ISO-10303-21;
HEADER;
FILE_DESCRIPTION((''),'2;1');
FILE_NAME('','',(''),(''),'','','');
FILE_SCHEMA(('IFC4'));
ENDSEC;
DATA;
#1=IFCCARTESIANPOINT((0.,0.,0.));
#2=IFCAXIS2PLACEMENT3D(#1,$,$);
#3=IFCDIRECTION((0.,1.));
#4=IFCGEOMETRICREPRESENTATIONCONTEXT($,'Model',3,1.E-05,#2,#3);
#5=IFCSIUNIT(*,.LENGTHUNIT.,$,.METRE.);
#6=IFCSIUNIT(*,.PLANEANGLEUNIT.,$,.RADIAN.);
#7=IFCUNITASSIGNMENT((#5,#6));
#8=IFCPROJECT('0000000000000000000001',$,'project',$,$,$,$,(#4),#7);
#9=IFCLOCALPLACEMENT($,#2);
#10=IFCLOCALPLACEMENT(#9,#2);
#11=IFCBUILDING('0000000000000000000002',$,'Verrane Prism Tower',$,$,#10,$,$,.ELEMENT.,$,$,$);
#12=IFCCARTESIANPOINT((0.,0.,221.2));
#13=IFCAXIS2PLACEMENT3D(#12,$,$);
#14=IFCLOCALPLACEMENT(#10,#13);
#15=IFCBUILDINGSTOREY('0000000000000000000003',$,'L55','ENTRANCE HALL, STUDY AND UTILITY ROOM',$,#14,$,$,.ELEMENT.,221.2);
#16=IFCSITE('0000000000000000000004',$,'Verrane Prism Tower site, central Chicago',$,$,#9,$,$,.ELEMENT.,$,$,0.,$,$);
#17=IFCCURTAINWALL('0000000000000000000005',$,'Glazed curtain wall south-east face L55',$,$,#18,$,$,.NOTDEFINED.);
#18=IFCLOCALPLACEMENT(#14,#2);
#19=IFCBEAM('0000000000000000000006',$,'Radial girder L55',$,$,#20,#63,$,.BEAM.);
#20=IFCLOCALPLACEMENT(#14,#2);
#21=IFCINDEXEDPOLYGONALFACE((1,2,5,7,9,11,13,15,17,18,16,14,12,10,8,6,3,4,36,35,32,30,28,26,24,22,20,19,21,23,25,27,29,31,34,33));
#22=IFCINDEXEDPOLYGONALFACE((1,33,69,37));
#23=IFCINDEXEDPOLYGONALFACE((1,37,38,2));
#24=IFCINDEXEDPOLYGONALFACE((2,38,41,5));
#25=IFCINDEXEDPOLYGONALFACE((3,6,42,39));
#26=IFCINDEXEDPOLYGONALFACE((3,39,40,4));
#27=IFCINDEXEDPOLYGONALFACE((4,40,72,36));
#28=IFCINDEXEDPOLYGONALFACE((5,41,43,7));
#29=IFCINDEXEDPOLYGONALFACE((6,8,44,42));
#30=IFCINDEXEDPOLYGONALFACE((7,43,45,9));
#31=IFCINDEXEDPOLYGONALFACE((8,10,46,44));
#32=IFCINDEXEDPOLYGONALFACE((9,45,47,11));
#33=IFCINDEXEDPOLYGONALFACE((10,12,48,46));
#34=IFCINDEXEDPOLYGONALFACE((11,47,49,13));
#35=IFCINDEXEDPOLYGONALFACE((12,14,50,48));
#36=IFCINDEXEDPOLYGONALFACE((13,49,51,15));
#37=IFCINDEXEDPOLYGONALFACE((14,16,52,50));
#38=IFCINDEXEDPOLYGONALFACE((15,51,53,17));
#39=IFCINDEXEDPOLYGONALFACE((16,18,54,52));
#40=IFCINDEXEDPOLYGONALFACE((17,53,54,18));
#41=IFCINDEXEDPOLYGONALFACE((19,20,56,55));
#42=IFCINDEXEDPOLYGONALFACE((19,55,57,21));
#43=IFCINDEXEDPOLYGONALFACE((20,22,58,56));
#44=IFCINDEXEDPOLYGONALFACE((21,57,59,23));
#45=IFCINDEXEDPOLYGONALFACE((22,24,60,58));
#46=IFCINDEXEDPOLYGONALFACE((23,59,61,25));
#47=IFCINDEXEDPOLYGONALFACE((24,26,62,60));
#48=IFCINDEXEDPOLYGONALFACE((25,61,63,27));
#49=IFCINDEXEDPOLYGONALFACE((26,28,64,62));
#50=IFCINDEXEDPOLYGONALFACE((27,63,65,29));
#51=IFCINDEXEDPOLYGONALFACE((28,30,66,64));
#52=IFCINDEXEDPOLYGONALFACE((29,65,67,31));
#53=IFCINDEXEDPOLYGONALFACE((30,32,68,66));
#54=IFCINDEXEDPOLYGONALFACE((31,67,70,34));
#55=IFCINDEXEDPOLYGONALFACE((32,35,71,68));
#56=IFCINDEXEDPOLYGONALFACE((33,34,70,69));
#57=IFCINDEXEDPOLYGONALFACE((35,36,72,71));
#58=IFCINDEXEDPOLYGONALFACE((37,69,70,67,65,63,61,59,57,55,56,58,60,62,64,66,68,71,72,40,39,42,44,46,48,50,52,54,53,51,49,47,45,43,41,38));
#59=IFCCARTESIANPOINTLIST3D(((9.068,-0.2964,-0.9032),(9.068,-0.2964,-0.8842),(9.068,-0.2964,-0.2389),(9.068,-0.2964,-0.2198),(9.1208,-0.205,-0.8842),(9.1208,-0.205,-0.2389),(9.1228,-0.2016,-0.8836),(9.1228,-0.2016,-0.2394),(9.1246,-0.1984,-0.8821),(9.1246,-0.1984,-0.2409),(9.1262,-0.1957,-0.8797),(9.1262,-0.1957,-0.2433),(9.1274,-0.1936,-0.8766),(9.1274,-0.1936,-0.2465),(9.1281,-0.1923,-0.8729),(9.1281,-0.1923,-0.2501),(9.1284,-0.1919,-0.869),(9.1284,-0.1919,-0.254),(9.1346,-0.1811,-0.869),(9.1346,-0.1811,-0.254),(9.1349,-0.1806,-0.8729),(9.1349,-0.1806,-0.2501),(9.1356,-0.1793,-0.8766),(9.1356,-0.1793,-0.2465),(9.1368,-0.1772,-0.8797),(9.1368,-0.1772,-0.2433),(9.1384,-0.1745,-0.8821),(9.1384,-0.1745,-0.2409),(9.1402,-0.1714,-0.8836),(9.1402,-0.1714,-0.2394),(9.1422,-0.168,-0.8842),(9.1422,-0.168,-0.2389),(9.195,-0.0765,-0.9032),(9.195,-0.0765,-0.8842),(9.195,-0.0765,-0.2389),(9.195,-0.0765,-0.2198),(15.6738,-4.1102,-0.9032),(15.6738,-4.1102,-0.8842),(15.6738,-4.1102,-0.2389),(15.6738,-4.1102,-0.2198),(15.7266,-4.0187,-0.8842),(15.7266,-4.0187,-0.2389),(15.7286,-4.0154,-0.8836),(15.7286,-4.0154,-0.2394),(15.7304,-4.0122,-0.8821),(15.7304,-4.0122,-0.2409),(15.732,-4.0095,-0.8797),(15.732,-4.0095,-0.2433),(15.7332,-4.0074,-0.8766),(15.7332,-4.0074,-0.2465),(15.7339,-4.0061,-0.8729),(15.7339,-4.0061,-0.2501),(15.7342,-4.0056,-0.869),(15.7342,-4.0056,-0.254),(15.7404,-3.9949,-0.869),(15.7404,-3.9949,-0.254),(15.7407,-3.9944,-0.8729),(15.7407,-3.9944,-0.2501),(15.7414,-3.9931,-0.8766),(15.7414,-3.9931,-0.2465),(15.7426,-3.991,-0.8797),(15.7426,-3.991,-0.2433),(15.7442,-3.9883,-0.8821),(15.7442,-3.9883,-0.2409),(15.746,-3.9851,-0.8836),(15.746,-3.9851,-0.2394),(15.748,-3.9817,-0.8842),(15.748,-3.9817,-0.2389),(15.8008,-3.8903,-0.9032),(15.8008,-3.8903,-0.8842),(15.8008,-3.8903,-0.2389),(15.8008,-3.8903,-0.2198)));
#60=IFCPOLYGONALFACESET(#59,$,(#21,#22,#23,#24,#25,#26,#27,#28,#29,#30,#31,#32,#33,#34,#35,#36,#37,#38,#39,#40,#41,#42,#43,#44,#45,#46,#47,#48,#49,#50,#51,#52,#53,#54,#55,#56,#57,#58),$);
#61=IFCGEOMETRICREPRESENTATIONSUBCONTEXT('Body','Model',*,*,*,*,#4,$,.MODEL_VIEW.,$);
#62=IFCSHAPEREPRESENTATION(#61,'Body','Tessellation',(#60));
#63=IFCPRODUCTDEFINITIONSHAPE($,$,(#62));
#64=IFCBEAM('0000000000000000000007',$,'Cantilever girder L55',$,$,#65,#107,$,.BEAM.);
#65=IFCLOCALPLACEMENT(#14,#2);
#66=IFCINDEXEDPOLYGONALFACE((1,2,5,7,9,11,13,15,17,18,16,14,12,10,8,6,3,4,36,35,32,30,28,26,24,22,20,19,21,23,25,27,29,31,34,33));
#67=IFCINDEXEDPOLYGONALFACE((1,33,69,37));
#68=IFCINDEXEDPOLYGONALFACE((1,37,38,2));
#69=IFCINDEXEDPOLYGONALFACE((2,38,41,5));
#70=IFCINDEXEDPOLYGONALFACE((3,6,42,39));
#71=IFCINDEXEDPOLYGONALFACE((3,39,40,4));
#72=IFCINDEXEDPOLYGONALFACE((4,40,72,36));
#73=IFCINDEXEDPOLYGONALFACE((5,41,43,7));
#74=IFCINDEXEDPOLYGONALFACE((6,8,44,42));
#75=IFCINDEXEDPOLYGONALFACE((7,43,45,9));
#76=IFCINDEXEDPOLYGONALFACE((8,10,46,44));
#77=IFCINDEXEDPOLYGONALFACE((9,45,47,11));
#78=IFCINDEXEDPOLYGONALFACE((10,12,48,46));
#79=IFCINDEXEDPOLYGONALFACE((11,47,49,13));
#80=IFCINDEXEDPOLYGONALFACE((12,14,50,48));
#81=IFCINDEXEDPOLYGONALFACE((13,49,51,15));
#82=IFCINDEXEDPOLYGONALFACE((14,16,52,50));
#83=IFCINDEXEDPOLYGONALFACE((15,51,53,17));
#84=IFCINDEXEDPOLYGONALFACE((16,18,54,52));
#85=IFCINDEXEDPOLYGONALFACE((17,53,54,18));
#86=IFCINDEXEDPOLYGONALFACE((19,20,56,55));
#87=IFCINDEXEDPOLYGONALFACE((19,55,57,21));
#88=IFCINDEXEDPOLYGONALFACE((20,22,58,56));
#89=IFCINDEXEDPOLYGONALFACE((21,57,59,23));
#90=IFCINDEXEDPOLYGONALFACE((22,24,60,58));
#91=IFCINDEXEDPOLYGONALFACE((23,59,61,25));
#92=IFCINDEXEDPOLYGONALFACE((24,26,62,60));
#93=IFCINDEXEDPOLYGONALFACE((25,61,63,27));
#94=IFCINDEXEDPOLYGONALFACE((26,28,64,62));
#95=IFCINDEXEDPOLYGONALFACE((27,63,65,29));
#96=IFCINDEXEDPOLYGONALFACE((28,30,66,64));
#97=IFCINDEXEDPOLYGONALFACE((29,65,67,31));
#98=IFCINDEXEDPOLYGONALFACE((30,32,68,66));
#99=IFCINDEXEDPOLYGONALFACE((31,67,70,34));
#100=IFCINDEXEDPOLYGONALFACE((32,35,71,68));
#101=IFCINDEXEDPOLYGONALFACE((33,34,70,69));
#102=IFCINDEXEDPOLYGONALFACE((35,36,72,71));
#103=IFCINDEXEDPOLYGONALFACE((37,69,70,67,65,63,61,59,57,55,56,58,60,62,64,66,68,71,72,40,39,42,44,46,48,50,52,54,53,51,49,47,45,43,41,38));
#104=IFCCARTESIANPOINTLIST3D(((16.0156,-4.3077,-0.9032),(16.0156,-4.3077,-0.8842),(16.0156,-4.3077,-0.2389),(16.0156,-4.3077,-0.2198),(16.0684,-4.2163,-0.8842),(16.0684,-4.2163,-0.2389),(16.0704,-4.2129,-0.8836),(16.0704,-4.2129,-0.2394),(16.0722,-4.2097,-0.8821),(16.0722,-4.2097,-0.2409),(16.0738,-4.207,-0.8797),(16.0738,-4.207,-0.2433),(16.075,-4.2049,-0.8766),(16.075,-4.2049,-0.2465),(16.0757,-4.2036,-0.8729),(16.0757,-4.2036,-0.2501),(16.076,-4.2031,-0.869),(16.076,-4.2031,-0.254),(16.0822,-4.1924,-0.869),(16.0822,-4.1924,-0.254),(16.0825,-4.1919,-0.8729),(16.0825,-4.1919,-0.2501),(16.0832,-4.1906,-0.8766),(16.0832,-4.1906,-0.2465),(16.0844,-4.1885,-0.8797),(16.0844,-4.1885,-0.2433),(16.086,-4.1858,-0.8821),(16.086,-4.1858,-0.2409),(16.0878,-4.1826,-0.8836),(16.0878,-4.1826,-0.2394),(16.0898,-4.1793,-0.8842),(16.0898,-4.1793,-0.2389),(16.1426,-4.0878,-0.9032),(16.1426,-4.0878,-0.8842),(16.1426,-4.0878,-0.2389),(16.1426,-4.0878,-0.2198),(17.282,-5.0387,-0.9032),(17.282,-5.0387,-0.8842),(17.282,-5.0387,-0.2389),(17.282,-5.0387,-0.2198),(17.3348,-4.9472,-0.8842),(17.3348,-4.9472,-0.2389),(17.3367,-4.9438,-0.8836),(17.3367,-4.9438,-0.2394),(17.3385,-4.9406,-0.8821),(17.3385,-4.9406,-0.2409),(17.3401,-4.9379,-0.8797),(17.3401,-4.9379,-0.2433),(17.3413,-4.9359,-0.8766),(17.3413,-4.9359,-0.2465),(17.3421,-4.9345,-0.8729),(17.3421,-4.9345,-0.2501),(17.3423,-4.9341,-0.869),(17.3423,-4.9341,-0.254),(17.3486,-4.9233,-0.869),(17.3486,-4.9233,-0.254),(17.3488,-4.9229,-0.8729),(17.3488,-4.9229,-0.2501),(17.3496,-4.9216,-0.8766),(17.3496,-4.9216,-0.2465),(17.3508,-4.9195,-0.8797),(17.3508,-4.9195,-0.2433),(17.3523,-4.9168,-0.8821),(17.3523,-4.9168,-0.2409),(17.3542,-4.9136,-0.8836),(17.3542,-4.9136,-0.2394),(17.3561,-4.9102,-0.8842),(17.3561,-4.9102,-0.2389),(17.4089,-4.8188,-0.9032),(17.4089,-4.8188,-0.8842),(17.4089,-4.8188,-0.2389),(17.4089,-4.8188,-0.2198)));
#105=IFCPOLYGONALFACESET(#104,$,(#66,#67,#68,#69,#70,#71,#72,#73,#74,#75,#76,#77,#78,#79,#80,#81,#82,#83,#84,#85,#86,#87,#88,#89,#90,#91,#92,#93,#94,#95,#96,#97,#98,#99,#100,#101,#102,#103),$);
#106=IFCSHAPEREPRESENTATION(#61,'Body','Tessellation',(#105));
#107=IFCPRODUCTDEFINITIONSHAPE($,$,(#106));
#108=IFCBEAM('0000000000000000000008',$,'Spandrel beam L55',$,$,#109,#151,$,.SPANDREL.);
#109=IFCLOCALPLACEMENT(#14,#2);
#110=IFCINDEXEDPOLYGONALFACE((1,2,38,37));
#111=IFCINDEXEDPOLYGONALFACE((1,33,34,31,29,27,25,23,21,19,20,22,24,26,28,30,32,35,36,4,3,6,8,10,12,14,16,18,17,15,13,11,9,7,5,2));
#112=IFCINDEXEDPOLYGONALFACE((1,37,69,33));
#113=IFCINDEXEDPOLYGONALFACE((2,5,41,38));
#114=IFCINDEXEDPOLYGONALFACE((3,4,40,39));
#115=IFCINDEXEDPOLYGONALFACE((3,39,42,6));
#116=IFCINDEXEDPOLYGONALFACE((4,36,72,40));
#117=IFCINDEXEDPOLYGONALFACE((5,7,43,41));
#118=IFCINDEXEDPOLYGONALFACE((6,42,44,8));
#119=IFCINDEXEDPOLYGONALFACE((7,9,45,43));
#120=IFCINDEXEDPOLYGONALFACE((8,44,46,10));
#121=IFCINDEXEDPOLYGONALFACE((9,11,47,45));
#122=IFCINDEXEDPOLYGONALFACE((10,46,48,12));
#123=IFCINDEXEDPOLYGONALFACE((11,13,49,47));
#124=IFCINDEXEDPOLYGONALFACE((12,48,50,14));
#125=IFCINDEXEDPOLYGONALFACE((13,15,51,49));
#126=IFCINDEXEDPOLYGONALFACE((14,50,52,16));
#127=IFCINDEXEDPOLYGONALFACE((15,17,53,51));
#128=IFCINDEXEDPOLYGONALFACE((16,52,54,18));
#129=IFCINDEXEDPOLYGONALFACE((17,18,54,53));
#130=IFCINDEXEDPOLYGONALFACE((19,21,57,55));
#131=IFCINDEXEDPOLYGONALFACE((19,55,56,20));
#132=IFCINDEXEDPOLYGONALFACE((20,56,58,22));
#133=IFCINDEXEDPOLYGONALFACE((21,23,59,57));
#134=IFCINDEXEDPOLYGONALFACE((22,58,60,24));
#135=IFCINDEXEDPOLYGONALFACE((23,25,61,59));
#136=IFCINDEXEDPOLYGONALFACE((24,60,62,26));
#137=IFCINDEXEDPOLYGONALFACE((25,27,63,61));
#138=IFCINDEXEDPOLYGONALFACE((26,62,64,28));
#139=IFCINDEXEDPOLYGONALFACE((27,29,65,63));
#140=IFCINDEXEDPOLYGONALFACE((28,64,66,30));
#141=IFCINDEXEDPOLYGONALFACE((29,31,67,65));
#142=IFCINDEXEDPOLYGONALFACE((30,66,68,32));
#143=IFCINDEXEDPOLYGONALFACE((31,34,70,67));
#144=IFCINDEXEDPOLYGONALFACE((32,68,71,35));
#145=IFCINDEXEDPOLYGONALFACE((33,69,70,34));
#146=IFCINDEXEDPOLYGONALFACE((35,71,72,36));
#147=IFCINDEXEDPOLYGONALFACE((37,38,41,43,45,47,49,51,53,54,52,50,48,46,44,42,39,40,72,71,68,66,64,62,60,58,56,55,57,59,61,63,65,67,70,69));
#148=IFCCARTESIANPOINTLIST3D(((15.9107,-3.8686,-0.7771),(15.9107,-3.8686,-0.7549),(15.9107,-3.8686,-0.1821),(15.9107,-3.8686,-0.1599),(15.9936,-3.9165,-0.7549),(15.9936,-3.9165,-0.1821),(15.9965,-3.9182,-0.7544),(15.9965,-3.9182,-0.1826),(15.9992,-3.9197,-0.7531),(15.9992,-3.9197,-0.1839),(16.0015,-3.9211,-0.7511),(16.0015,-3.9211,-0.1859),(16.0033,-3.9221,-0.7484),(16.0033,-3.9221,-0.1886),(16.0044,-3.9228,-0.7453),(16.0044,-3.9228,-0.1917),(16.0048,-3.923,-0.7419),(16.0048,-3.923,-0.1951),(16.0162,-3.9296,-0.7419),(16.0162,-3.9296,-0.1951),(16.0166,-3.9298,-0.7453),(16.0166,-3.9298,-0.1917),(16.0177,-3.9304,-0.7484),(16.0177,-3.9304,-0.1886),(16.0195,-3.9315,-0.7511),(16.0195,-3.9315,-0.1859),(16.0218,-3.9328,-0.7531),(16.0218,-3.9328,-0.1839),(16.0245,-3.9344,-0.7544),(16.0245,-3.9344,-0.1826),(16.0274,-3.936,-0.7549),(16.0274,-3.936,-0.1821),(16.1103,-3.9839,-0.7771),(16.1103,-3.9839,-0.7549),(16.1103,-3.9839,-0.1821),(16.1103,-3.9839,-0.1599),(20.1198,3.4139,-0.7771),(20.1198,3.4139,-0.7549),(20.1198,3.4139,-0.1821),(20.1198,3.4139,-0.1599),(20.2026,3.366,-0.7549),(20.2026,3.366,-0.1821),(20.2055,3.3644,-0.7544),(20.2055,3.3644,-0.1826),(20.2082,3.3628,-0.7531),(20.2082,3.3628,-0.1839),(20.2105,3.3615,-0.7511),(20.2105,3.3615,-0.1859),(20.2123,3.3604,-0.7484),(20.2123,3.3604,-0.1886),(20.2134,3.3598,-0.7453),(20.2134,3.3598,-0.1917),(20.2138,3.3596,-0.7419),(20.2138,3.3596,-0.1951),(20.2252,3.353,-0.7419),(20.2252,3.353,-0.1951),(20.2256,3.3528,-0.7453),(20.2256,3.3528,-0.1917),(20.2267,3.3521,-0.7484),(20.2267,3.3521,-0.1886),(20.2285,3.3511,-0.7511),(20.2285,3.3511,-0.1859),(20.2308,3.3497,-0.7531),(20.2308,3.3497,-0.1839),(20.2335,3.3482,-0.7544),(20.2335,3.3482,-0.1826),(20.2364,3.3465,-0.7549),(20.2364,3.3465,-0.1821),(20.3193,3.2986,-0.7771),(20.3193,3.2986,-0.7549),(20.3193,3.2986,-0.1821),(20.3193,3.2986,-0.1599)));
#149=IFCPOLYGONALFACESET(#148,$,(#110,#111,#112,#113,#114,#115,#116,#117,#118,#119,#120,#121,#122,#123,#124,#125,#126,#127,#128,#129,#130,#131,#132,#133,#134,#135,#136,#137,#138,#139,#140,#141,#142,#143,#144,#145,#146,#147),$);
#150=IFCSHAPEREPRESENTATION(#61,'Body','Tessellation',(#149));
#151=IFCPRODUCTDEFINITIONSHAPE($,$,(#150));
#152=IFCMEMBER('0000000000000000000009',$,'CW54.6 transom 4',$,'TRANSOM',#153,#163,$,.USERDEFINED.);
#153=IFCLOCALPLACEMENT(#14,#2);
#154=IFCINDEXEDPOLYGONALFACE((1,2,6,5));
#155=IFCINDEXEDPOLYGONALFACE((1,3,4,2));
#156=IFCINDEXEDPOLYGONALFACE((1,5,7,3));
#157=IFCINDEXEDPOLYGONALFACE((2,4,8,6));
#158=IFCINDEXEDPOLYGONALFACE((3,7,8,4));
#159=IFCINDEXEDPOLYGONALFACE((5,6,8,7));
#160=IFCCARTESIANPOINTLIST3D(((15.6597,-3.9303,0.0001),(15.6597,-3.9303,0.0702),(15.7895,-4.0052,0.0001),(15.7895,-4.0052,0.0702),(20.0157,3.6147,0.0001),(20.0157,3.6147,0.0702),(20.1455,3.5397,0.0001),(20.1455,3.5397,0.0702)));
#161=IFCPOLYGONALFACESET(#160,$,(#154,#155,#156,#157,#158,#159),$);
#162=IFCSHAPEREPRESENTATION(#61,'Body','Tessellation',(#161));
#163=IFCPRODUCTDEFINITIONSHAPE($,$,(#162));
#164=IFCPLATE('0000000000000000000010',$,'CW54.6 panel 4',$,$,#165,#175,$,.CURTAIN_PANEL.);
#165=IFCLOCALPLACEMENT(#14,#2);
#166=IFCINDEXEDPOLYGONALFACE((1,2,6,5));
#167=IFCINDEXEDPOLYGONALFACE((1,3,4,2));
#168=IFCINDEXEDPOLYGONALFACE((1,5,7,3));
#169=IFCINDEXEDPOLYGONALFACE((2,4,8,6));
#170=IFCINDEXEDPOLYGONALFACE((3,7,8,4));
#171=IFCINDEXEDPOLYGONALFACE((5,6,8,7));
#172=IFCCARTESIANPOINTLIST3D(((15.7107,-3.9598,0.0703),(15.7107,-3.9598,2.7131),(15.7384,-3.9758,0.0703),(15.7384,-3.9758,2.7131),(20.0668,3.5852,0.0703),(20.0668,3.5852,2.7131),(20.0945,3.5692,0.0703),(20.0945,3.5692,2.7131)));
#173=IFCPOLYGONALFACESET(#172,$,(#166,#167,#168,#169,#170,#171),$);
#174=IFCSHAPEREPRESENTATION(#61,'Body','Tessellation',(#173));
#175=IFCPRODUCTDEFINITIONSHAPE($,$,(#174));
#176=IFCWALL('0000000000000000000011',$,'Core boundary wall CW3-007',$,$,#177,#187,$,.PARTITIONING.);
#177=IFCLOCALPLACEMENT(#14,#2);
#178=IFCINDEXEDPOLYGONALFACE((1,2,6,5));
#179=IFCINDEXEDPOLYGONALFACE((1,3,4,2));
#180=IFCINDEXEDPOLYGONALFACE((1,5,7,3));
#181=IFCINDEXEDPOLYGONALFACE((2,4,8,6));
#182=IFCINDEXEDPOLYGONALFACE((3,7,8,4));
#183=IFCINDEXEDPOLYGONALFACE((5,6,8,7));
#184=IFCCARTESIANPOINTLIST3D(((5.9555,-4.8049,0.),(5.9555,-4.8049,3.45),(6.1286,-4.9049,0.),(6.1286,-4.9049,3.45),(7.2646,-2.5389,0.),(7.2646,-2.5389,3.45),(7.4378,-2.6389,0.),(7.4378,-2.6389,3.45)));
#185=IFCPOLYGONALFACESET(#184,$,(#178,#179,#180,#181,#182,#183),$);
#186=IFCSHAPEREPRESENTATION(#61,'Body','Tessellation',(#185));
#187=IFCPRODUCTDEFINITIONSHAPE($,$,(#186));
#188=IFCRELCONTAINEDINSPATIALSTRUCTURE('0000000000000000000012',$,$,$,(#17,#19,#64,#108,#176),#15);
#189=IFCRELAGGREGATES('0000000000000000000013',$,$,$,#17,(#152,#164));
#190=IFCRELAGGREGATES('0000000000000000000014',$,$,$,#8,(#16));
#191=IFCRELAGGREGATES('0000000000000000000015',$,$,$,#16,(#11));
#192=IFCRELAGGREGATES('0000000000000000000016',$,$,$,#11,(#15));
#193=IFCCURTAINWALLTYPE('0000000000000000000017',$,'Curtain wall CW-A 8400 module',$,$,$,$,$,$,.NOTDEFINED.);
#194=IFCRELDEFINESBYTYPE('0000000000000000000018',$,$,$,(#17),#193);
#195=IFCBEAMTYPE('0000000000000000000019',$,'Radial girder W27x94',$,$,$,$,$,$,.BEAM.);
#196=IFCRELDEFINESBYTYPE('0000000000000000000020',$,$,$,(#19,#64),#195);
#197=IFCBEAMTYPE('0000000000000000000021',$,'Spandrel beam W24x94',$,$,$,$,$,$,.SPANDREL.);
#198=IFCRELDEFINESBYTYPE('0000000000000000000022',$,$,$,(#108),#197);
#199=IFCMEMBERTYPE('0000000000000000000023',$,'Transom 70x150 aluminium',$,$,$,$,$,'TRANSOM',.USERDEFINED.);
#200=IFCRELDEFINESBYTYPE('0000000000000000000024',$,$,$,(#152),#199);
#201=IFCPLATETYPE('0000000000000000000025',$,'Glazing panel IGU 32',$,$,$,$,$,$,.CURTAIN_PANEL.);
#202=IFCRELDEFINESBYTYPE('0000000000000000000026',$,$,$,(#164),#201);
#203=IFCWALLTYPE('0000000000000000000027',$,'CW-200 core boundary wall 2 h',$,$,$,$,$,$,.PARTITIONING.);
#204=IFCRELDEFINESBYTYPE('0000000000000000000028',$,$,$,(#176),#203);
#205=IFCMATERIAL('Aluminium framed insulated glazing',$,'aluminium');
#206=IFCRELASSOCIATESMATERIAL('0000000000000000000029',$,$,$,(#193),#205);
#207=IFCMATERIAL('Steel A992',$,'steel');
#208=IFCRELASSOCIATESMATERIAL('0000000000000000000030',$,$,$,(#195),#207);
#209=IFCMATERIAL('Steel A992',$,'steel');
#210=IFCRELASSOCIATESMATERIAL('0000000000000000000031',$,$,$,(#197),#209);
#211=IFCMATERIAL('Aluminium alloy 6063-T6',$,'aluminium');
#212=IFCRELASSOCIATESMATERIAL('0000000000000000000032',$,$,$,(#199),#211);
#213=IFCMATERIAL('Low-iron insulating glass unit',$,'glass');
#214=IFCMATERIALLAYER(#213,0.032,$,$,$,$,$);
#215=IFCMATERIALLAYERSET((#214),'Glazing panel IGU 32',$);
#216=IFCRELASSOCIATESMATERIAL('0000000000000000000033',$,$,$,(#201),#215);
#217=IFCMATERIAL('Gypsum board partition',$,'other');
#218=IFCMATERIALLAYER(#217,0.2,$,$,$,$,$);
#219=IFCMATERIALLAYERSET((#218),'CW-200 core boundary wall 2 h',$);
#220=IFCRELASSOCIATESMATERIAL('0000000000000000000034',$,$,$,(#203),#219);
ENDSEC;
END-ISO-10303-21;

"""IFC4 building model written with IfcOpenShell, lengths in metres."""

from ifc_helpers import new_model, si_unit, direction, frame, frame_2d, origin, origin_2d, place, context, subcontext, project, spatial, rectangle, i_section, extrude, material, layer, layer_set, material_profile, profile_set, type_object, element, aggregate, save


model = new_model("IFC4")

# Units and contexts
model_context = context("Model", 3, precision=1e-05, world=origin(), true_north=direction((0.0, 1.0)))
body_context = subcontext(model_context, "Body", "Model", "MODEL_VIEW")
ifc_project = project(units=[si_unit("LENGTHUNIT", "METRE"), si_unit("PLANEANGLEUNIT", "RADIAN")], contexts=[model_context])

# Site, building, storey
site_placement = place(None, origin())
site = spatial("IfcSite", under=ifc_project, at=site_placement, Name="Verrane Prism Tower site, central Chicago", CompositionType="ELEMENT", RefElevation=0.0)
building_placement = place(site_placement, origin())
building = spatial("IfcBuilding", under=site, at=building_placement, Name="Verrane Prism Tower", CompositionType="ELEMENT")
storey_placement = place(building_placement, frame((0.0, 0.0, 221.2)))
storey = spatial("IfcBuildingStorey", under=building, at=storey_placement, Name="L55", Description="ENTRANCE HALL, STUDY AND UTILITY ROOM", CompositionType="ELEMENT", Elevation=221.2)

# Curtain wall
ifc_material_1 = material(Name="Aluminium framed insulated glazing", Category="aluminium")
curtain_wall_type = type_object("IfcCurtainWallType", Name="Curtain wall CW-A 8400 module", PredefinedType="NOTDEFINED", material=ifc_material_1)
curtain_wall_placement = place(storey_placement, origin())
curtain_wall = element("IfcCurtainWall", 1, at=curtain_wall_placement, inside=storey, type_object=curtain_wall_type, Name="Glazed curtain wall south-east face L55", PredefinedType="NOTDEFINED")

# Beams
ifc_material_2 = material(Name="Steel A992", Category="steel")
ifc_material_profile_1 = material_profile(ifc_material_2, i_section(OverallWidth=0.2539, OverallDepth=0.6833, WebThickness=0.0125, FlangeThickness=0.019, FilletRadius=0.0151, at=origin_2d()), Name="W27x94")
ifc_profile_set_1 = profile_set([ifc_material_profile_1], Name="Steel A992")
beam_type_1 = type_object("IfcBeamType", Name="Radial girder W27x94", PredefinedType="BEAM", material=ifc_profile_set_1)
beam_1_placement = place(storey_placement, frame((15.7373, -4.0002, -0.5615), z_axis=(-0.86603, 0.499991, 0.0), x_axis=(-0.499991, -0.86603, 0.0)))
element("IfcBeam", 2, at=beam_1_placement, inside=storey, type_object=beam_type_1, Name="Radial girder L55", PredefinedType="BEAM", context=body_context, shape_type="SweptSolid", body=[
    extrude(i_section(OverallWidth=0.2539, OverallDepth=0.6833, WebThickness=0.0125, FlangeThickness=0.019, FilletRadius=0.0151, at=origin_2d()), origin(), (0.0, 0.0, 1.0), 7.6277),
])
beam_2_placement = place(storey_placement, frame((16.0791, -4.1978, -0.5615), z_axis=(0.866077, -0.49991, 0.0), x_axis=(0.49991, 0.866077, 0.0)))
element("IfcBeam", 3, at=beam_2_placement, inside=storey, type_object=beam_type_1, Name="Cantilever girder L55", PredefinedType="BEAM", context=body_context, shape_type="SweptSolid", body=[
    extrude(i_section(OverallWidth=0.2539, OverallDepth=0.6833, WebThickness=0.0125, FlangeThickness=0.019, FilletRadius=0.0151, at=origin_2d()), origin(), (0.0, 0.0, 1.0), 1.4622),
])
ifc_material_3 = material(Name="Steel A992", Category="steel")
ifc_material_profile_2 = material_profile(ifc_material_3, i_section(OverallWidth=0.2305, OverallDepth=0.6172, WebThickness=0.0132, FlangeThickness=0.0222, FilletRadius=0.0129, at=origin_2d()), Name="W24x94")
ifc_profile_set_2 = profile_set([ifc_material_profile_2], Name="Steel A992")
beam_type_2 = type_object("IfcBeamType", Name="Spandrel beam W24x94", PredefinedType="SPANDREL", material=ifc_profile_set_2)
beam_3_placement = place(storey_placement, frame((16.0105, -3.9263, -0.4685), z_axis=(0.500397, 0.865796, 0.0), x_axis=(-0.865796, 0.500397, 0.0)))
element("IfcBeam", 4, at=beam_3_placement, inside=storey, type_object=beam_type_2, Name="Spandrel beam L55", PredefinedType="SPANDREL", context=body_context, shape_type="SweptSolid", body=[
    extrude(i_section(OverallWidth=0.2305, OverallDepth=0.6172, WebThickness=0.0132, FlangeThickness=0.0222, FilletRadius=0.0129, at=origin_2d()), origin(), (0.0, 0.0, 1.0), 8.4114),
])

# Member
ifc_material_4 = material(Name="Aluminium alloy 6063-T6", Category="aluminium")
ifc_material_profile_3 = material_profile(ifc_material_4, rectangle(XDim=0.1499, YDim=0.0701, at=origin_2d()), Name="Transom 70x150 aluminium")
ifc_profile_set_3 = profile_set([ifc_material_profile_3], Name="Aluminium alloy 6063-T6")
member_type_1 = type_object("IfcMemberType", Name="Transom 70x150 aluminium", ElementType="TRANSOM", PredefinedType="USERDEFINED", material=ifc_profile_set_3)
member_1_placement = place(storey_placement, frame((15.7246, -3.9678, 0.0352), z_axis=(0.499991, 0.866031, 0.0), x_axis=(-0.866031, 0.499991, 0.0)))
member_1 = element("IfcMember", 5, at=member_1_placement, type_object=member_type_1, Name="CW54.6 transom 4", ObjectType="TRANSOM", PredefinedType="USERDEFINED", context=body_context, shape_type="SweptSolid", body=[
    extrude(rectangle(XDim=0.1499, YDim=0.0701, at=origin_2d()), origin(), (0.0, 0.0, 1.0), 8.7122),
])

# Plate
ifc_material_5 = material(Name="Low-iron insulating glass unit", Category="glass")
ifc_layer_1 = layer(ifc_material_5, 0.032)
ifc_layer_set_1 = layer_set([ifc_layer_1], Name="Glazing panel IGU 32")
plate_type = type_object("IfcPlateType", Name="Glazing panel IGU 32", PredefinedType="CURTAIN_PANEL", material=ifc_layer_set_1)
plate_placement = place(storey_placement, frame((17.9026, -0.1953, 0.0703), z_axis=(0.0, 0.0, 1.0), x_axis=(0.500001, 0.866025, 0.0)))
plate = element("IfcPlate", 6, at=plate_placement, type_object=plate_type, Name="CW54.6 panel 4", PredefinedType="CURTAIN_PANEL", context=body_context, shape_type="SweptSolid", body=[
    extrude(rectangle(XDim=8.7122, YDim=0.032, at=origin_2d()), origin(), (0.0, 0.0, 1.0), 2.6428),
])
aggregate(curtain_wall, [member_1, plate])

# Wall
ifc_material_6 = material(Name="Gypsum board partition", Category="other")
ifc_layer_2 = layer(ifc_material_6, 0.2)
ifc_layer_set_2 = layer_set([ifc_layer_2], Name="CW-200 core boundary wall 2 h")
wall_type_1 = type_object("IfcWallType", Name="CW-200 core boundary wall 2 h", PredefinedType="PARTITIONING", material=ifc_layer_set_2)
wall_1_placement = place(storey_placement, frame((6.042, -4.855, 0.0), z_axis=(0.0, 0.0, 1.0), x_axis=(0.500253, 0.865879, 0.0)))
element("IfcWall", 7, at=wall_1_placement, inside=storey, type_object=wall_type_1, Name="Core boundary wall CW3-007", PredefinedType="PARTITIONING", context=body_context, shape_type="SweptSolid", body=[
    extrude(rectangle(XDim=2.6169, YDim=0.2, at=frame_2d((1.3086, 0.0))), origin(), (0.0, 0.0, 1.0), 3.45),
])

save(model, "model.ifc")
